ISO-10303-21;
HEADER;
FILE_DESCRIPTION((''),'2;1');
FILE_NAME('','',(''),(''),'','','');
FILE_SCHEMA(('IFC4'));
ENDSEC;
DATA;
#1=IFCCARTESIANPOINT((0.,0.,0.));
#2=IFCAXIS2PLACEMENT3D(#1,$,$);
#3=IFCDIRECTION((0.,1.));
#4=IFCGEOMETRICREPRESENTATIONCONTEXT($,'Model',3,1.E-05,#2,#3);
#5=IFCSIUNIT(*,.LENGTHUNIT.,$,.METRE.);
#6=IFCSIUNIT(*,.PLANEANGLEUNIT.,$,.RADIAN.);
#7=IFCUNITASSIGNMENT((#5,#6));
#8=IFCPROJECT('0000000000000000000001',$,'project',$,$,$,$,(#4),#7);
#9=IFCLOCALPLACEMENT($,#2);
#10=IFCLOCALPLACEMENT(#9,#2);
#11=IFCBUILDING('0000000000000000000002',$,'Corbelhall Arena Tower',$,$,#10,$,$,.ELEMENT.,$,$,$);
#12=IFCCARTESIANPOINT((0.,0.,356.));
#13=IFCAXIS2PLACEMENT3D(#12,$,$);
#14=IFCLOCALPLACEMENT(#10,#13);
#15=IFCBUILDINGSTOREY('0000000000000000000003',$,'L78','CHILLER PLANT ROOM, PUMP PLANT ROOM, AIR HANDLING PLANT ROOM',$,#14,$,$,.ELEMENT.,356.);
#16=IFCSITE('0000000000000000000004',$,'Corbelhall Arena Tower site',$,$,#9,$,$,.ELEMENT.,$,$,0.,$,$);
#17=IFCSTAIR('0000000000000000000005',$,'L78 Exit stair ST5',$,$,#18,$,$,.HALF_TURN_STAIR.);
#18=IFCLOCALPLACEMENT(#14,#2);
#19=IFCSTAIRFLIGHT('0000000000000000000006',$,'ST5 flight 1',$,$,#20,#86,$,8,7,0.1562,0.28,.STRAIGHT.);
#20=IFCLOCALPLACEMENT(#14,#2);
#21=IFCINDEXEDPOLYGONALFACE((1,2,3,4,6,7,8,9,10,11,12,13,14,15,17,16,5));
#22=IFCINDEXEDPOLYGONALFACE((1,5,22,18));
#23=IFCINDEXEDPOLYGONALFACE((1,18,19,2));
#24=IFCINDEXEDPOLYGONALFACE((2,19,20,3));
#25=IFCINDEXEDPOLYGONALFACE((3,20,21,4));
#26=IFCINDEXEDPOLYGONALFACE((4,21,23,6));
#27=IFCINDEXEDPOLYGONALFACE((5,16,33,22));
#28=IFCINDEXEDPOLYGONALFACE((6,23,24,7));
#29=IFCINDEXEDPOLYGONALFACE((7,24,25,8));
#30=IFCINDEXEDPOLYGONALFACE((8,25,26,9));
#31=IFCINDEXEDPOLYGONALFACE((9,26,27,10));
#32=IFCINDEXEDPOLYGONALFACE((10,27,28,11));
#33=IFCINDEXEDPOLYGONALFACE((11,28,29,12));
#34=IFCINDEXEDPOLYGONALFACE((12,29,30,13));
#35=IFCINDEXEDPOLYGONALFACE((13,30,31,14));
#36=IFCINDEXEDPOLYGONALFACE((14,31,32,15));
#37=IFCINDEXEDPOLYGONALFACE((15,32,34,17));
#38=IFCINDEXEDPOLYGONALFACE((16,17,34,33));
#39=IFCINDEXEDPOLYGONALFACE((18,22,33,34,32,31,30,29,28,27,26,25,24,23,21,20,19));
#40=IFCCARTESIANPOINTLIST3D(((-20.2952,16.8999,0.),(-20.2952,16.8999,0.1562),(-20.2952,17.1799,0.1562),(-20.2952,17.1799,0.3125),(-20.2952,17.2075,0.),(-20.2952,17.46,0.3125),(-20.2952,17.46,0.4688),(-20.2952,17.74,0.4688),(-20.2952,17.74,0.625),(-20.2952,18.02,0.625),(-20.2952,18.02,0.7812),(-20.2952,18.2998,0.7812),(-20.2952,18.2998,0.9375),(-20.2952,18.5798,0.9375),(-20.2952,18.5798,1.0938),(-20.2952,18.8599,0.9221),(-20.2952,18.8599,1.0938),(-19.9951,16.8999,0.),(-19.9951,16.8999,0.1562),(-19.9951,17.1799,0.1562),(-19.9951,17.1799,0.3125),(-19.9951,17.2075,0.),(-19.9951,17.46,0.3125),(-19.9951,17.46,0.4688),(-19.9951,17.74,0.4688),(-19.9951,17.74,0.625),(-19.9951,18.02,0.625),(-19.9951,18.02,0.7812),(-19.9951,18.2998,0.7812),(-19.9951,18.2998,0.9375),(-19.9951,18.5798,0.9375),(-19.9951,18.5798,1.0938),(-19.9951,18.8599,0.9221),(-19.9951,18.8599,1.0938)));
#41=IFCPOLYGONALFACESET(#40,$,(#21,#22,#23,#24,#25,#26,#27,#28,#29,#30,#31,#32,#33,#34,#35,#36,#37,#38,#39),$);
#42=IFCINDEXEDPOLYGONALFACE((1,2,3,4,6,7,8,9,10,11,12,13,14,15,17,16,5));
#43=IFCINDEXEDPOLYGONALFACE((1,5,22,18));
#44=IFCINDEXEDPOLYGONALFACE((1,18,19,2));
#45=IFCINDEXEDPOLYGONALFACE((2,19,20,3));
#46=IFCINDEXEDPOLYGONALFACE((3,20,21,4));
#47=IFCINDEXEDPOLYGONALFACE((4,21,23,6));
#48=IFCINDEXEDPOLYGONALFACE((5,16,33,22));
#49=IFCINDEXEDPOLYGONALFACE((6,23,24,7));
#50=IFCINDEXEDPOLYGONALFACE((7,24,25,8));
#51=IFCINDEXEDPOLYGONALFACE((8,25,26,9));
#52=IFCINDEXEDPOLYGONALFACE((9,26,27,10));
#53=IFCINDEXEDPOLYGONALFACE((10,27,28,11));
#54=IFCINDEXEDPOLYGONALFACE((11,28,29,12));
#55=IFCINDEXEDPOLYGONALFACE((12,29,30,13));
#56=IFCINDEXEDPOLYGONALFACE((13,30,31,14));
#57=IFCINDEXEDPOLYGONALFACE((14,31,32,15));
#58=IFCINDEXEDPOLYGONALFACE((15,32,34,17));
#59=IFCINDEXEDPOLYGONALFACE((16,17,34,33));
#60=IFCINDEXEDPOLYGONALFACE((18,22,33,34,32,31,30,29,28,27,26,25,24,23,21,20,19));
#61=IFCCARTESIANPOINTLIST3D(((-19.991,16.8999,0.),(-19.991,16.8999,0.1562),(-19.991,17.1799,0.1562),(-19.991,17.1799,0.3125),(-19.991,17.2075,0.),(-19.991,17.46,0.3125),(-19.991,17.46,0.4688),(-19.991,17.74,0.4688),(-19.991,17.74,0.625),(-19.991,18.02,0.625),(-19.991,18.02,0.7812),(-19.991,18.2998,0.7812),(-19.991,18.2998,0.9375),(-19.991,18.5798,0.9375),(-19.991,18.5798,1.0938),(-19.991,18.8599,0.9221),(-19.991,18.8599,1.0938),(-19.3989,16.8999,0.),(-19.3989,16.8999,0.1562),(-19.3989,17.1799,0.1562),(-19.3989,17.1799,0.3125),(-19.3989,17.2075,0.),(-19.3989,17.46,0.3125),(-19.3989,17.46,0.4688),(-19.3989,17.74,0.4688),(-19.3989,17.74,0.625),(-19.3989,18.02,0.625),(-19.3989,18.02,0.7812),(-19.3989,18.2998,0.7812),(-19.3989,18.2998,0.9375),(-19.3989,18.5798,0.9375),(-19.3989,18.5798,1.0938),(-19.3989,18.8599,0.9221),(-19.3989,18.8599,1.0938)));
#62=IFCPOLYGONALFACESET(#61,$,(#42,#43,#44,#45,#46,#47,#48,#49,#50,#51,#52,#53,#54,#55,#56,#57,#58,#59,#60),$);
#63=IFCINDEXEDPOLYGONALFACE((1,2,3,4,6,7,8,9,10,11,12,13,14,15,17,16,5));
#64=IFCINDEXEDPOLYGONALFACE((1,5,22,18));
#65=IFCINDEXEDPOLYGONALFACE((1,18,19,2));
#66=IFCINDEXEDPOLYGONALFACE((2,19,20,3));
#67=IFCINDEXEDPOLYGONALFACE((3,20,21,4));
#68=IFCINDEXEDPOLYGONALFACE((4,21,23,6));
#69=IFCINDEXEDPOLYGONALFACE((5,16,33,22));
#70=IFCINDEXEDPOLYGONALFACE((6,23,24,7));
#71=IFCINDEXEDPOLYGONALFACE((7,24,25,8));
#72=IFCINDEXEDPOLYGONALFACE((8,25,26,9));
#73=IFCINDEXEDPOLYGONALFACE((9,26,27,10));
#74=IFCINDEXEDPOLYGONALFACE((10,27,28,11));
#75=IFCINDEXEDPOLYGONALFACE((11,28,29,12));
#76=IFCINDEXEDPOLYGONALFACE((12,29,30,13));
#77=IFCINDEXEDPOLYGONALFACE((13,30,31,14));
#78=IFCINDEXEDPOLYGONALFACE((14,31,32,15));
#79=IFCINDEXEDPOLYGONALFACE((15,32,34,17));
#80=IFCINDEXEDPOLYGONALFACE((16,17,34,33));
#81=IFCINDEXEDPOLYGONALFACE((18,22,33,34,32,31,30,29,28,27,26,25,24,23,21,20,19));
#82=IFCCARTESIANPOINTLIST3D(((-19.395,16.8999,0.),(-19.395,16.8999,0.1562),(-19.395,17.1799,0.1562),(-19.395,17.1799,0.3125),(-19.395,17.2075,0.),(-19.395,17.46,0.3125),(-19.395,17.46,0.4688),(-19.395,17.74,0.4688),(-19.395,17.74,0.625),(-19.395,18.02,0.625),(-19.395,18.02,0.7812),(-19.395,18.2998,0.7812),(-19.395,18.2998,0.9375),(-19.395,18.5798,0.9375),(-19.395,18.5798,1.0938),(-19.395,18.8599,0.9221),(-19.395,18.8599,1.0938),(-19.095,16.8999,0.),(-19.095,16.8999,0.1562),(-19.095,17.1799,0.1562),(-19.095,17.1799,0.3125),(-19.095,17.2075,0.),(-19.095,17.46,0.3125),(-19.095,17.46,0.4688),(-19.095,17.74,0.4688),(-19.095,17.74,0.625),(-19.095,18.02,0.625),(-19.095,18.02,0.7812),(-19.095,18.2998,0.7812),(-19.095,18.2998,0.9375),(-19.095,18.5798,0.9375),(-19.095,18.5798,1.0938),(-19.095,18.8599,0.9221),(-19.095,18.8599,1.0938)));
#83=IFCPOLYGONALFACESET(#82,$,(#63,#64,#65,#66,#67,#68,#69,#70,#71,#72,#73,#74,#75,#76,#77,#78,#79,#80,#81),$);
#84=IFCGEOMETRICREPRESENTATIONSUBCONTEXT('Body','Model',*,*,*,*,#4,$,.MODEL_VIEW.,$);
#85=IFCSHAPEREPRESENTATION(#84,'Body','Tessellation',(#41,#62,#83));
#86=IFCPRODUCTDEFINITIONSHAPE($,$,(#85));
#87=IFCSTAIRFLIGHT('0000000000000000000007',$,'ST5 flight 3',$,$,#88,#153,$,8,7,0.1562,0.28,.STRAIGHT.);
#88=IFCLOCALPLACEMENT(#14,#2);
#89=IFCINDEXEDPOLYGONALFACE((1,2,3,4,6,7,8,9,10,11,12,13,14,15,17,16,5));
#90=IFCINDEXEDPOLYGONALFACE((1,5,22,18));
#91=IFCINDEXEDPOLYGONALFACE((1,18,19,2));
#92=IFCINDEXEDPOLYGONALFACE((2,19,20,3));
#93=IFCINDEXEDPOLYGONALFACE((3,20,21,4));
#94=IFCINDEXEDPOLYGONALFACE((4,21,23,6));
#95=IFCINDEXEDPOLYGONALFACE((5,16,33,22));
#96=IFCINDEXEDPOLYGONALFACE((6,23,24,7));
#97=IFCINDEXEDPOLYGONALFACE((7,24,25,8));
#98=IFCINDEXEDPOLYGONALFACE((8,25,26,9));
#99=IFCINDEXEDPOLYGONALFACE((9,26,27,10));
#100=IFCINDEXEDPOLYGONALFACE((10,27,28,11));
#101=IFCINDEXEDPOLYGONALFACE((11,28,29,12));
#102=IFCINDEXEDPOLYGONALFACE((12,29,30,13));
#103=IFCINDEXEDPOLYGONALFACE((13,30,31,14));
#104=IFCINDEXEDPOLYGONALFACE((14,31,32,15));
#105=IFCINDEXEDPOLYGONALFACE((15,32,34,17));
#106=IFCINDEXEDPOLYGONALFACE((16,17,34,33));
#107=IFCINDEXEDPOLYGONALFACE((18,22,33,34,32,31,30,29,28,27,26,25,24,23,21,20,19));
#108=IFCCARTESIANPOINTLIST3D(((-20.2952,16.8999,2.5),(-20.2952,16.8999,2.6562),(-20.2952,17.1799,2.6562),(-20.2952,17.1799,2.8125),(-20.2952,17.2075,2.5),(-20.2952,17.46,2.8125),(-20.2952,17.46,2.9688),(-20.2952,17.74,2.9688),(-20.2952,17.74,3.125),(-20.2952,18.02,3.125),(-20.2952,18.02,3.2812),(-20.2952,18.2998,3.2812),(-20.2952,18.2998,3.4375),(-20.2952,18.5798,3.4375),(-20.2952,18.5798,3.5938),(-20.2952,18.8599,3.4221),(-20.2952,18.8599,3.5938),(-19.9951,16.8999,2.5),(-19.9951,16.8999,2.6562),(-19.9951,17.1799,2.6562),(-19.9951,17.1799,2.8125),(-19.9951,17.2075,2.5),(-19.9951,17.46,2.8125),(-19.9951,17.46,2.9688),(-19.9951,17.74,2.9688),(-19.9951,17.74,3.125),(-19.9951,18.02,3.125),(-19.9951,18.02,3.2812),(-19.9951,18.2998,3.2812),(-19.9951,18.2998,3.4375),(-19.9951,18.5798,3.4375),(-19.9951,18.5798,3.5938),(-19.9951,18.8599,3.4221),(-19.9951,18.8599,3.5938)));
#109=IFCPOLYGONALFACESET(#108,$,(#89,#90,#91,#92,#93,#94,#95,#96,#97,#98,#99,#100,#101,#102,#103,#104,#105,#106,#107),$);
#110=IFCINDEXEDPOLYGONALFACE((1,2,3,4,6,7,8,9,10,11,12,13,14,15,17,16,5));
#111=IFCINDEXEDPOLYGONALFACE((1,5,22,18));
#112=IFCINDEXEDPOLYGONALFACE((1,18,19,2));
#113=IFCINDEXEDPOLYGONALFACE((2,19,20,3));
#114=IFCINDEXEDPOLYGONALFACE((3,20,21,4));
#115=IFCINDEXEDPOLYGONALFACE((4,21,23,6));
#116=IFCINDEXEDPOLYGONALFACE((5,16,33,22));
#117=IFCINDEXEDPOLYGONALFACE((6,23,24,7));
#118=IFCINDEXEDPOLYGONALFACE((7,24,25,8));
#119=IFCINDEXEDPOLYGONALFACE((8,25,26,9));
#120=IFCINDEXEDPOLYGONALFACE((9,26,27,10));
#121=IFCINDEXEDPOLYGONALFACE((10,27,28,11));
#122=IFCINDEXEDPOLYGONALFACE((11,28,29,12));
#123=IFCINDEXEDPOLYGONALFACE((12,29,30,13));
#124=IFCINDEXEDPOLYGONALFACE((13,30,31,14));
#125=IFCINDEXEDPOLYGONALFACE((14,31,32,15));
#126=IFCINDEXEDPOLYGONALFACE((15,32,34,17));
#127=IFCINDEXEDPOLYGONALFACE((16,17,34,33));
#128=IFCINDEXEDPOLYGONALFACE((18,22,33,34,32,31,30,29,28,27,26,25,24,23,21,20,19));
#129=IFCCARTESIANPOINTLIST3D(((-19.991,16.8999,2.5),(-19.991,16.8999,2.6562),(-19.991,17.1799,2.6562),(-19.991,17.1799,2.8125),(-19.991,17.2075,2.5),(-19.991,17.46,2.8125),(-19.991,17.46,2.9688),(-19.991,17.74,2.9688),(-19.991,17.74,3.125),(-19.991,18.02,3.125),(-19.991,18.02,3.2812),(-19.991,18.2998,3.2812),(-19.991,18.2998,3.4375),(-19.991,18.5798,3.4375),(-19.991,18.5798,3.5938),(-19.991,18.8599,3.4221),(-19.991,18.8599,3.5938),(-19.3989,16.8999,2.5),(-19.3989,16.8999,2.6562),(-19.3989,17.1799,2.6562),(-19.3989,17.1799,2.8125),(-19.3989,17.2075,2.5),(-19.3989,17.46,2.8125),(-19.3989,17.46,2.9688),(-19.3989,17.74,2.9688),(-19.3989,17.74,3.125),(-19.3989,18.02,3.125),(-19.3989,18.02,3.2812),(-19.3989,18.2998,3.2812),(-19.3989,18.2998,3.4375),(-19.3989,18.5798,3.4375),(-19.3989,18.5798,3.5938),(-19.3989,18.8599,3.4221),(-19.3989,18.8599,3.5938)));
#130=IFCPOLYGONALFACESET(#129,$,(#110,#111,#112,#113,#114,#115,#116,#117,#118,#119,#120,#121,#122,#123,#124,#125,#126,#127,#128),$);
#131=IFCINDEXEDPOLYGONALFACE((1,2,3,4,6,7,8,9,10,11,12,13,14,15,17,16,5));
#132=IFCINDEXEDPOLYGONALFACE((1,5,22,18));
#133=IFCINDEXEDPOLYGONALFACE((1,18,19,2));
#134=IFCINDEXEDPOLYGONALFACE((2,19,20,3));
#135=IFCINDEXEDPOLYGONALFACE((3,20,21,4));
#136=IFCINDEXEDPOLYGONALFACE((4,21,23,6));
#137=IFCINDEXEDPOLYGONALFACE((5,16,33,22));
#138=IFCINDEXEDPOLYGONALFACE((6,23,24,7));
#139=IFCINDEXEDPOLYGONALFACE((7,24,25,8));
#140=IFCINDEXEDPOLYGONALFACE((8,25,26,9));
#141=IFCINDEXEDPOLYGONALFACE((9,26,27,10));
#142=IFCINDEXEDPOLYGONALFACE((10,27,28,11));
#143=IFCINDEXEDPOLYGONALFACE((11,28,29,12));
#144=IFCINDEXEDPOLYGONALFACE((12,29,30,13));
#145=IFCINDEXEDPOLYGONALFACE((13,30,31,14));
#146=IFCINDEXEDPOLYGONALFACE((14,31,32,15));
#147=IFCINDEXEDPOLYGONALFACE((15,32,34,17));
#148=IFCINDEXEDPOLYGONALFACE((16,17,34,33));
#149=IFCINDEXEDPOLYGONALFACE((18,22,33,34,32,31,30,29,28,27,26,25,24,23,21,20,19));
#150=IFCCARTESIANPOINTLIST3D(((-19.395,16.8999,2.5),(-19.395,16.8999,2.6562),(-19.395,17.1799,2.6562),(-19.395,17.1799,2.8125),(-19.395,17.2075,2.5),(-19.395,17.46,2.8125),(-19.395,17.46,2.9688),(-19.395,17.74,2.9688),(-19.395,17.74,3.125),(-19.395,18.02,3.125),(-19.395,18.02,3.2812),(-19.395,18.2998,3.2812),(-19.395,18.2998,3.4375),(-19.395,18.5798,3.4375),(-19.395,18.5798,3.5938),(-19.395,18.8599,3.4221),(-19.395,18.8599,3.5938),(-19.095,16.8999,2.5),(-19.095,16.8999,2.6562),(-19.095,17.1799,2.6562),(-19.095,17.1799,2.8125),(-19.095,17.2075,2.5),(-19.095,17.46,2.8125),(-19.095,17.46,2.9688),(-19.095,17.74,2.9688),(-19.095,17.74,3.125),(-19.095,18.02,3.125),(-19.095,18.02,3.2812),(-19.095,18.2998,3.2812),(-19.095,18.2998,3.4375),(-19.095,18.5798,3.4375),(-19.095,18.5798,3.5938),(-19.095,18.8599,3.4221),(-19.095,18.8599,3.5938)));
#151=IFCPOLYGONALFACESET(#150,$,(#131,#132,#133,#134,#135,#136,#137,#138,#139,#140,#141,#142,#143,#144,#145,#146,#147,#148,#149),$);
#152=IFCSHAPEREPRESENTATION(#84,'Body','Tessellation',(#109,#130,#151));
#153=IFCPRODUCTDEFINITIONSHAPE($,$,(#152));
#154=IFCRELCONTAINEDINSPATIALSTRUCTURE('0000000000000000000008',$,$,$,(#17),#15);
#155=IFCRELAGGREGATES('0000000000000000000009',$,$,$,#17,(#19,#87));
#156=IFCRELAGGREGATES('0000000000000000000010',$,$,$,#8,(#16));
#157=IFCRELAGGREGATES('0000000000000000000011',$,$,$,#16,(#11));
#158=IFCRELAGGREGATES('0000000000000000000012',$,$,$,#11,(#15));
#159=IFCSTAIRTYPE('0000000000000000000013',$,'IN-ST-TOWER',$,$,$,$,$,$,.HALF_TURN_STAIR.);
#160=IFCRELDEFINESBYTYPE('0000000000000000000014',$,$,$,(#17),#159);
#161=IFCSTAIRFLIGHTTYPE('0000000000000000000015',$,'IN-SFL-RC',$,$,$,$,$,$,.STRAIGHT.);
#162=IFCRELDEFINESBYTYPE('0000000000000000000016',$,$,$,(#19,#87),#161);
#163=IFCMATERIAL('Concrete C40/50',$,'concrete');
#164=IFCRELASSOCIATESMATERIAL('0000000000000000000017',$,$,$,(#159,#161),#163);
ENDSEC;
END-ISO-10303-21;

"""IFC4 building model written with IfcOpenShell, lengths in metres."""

from ifc_helpers import new_model, si_unit, direction, frame, origin, place, context, subcontext, project, spatial, polyline, outline, extrude, material, type_object, element, aggregate, save


model = new_model("IFC4")

# Units and contexts
model_context = context("Model", 3, precision=1e-05, world=origin(), true_north=direction((0.0, 1.0)))
body_context = subcontext(model_context, "Body", "Model", "MODEL_VIEW")
ifc_project = project(units=[si_unit("LENGTHUNIT", "METRE"), si_unit("PLANEANGLEUNIT", "RADIAN")], contexts=[model_context])

# Site, building, storey
site_placement = place(None, origin())
site = spatial("IfcSite", under=ifc_project, at=site_placement, Name="Corbelhall Arena Tower site", CompositionType="ELEMENT", RefElevation=0.0)
building_placement = place(site_placement, origin())
building = spatial("IfcBuilding", under=site, at=building_placement, Name="Corbelhall Arena Tower", CompositionType="ELEMENT")
storey_placement = place(building_placement, frame((0.0, 0.0, 356.0)))
storey = spatial("IfcBuildingStorey", under=building, at=storey_placement, Name="L78", Description="CHILLER PLANT ROOM, PUMP PLANT ROOM, AIR HANDLING PLANT ROOM", CompositionType="ELEMENT", Elevation=356.0)

# Shared definitions
ifc_material_1 = material(Name="Concrete C40/50", Category="concrete")

# Stair, stair flights
stair_type = type_object("IfcStairType", Name="IN-ST-TOWER", PredefinedType="HALF_TURN_STAIR", material=ifc_material_1)
stair_placement = place(storey_placement, origin())
stair = element("IfcStair", 1, at=stair_placement, inside=storey, type_object=stair_type, Name="L78 Exit stair ST5", PredefinedType="HALF_TURN_STAIR")
stair_flight_type = type_object("IfcStairFlightType", Name="IN-SFL-RC", PredefinedType="STRAIGHT", material=ifc_material_1)
stair_flight_1_placement = place(storey_placement, frame((-19.6951, 16.8999, 0.0), z_axis=(0.0, 0.0, 1.0), x_axis=(0.0, 1.0, 0.0)))
stair_flight_1 = element("IfcStairFlight", 2, at=stair_flight_1_placement, type_object=stair_flight_type, Name="ST5 flight 1", NumberOfRisers=8, NumberOfTreads=7, PredefinedType="STRAIGHT", RiserHeight=0.1562, TreadLength=0.28, context=body_context, shape_type="SweptSolid", body=[
    extrude(outline(polyline([(0.0, 0.0), (0.0, 0.1562), (0.28, 0.1562), (0.28, 0.3125), (0.5601, 0.3125), (0.5601, 0.4688), (0.8401, 0.4688), (0.8401, 0.625), (1.1201, 0.625), (1.1201, 0.7812), (1.3999, 0.7812), (1.3999, 0.9375), (1.6799, 0.9375), (1.6799, 1.0938), (1.96, 1.0938), (1.96, 1.25), (1.96, 0.9221), (0.3076, 0.0), (0.0, 0.0)])), frame((0.0, 0.6001, 0.0), z_axis=(0.0, -1.0, 0.0), x_axis=(1.0, 0.0, 0.0)), (0.0, 0.0, 1.0), 0.3),
    extrude(outline(polyline([(0.0, 0.0), (0.0, 0.1562), (0.28, 0.1562), (0.28, 0.3125), (0.5601, 0.3125), (0.5601, 0.4688), (0.8401, 0.4688), (0.8401, 0.625), (1.1201, 0.625), (1.1201, 0.7812), (1.3999, 0.7812), (1.3999, 0.9375), (1.6799, 0.9375), (1.6799, 1.0938), (1.96, 1.0938), (1.96, 1.25), (1.96, 0.9221), (0.3076, 0.0), (0.0, 0.0)])), frame((0.0, 0.2959, 0.0), z_axis=(0.0, -1.0, 0.0), x_axis=(1.0, 0.0, 0.0)), (0.0, 0.0, 1.0), 0.592),
    extrude(outline(polyline([(0.0, 0.0), (0.0, 0.1562), (0.28, 0.1562), (0.28, 0.3125), (0.5601, 0.3125), (0.5601, 0.4688), (0.8401, 0.4688), (0.8401, 0.625), (1.1201, 0.625), (1.1201, 0.7812), (1.3999, 0.7812), (1.3999, 0.9375), (1.6799, 0.9375), (1.6799, 1.0938), (1.96, 1.0938), (1.96, 1.25), (1.96, 0.9221), (0.3076, 0.0), (0.0, 0.0)])), frame((0.0, -0.3, 0.0), z_axis=(0.0, -1.0, 0.0), x_axis=(1.0, 0.0, 0.0)), (0.0, 0.0, 1.0), 0.3),
])
stair_flight_2_placement = place(storey_placement, frame((-19.6951, 16.8999, 2.5), z_axis=(0.0, 0.0, 1.0), x_axis=(0.0, 1.0, 0.0)))
stair_flight_2 = element("IfcStairFlight", 3, at=stair_flight_2_placement, type_object=stair_flight_type, Name="ST5 flight 3", NumberOfRisers=8, NumberOfTreads=7, PredefinedType="STRAIGHT", RiserHeight=0.1562, TreadLength=0.28, context=body_context, shape_type="SweptSolid", body=[
    extrude(outline(polyline([(0.0, 0.0), (0.0, 0.1562), (0.28, 0.1562), (0.28, 0.3125), (0.5601, 0.3125), (0.5601, 0.4688), (0.8401, 0.4688), (0.8401, 0.625), (1.1201, 0.625), (1.1201, 0.7812), (1.3999, 0.7812), (1.3999, 0.9375), (1.6799, 0.9375), (1.6799, 1.0938), (1.96, 1.0938), (1.96, 1.25), (1.96, 0.9221), (0.3076, 0.0), (0.0, 0.0)])), frame((0.0, 0.6001, 0.0), z_axis=(0.0, -1.0, 0.0), x_axis=(1.0, 0.0, 0.0)), (0.0, 0.0, 1.0), 0.3),
    extrude(outline(polyline([(0.0, 0.0), (0.0, 0.1562), (0.28, 0.1562), (0.28, 0.3125), (0.5601, 0.3125), (0.5601, 0.4688), (0.8401, 0.4688), (0.8401, 0.625), (1.1201, 0.625), (1.1201, 0.7812), (1.3999, 0.7812), (1.3999, 0.9375), (1.6799, 0.9375), (1.6799, 1.0938), (1.96, 1.0938), (1.96, 1.25), (1.96, 0.9221), (0.3076, 0.0), (0.0, 0.0)])), frame((0.0, 0.2959, 0.0), z_axis=(0.0, -1.0, 0.0), x_axis=(1.0, 0.0, 0.0)), (0.0, 0.0, 1.0), 0.592),
    extrude(outline(polyline([(0.0, 0.0), (0.0, 0.1562), (0.28, 0.1562), (0.28, 0.3125), (0.5601, 0.3125), (0.5601, 0.4688), (0.8401, 0.4688), (0.8401, 0.625), (1.1201, 0.625), (1.1201, 0.7812), (1.3999, 0.7812), (1.3999, 0.9375), (1.6799, 0.9375), (1.6799, 1.0938), (1.96, 1.0938), (1.96, 1.25), (1.96, 0.9221), (0.3076, 0.0), (0.0, 0.0)])), frame((0.0, -0.3, 0.0), z_axis=(0.0, -1.0, 0.0), x_axis=(1.0, 0.0, 0.0)), (0.0, 0.0, 1.0), 0.3),
])
aggregate(stair, [stair_flight_1, stair_flight_2])

save(model, "model.ifc")
